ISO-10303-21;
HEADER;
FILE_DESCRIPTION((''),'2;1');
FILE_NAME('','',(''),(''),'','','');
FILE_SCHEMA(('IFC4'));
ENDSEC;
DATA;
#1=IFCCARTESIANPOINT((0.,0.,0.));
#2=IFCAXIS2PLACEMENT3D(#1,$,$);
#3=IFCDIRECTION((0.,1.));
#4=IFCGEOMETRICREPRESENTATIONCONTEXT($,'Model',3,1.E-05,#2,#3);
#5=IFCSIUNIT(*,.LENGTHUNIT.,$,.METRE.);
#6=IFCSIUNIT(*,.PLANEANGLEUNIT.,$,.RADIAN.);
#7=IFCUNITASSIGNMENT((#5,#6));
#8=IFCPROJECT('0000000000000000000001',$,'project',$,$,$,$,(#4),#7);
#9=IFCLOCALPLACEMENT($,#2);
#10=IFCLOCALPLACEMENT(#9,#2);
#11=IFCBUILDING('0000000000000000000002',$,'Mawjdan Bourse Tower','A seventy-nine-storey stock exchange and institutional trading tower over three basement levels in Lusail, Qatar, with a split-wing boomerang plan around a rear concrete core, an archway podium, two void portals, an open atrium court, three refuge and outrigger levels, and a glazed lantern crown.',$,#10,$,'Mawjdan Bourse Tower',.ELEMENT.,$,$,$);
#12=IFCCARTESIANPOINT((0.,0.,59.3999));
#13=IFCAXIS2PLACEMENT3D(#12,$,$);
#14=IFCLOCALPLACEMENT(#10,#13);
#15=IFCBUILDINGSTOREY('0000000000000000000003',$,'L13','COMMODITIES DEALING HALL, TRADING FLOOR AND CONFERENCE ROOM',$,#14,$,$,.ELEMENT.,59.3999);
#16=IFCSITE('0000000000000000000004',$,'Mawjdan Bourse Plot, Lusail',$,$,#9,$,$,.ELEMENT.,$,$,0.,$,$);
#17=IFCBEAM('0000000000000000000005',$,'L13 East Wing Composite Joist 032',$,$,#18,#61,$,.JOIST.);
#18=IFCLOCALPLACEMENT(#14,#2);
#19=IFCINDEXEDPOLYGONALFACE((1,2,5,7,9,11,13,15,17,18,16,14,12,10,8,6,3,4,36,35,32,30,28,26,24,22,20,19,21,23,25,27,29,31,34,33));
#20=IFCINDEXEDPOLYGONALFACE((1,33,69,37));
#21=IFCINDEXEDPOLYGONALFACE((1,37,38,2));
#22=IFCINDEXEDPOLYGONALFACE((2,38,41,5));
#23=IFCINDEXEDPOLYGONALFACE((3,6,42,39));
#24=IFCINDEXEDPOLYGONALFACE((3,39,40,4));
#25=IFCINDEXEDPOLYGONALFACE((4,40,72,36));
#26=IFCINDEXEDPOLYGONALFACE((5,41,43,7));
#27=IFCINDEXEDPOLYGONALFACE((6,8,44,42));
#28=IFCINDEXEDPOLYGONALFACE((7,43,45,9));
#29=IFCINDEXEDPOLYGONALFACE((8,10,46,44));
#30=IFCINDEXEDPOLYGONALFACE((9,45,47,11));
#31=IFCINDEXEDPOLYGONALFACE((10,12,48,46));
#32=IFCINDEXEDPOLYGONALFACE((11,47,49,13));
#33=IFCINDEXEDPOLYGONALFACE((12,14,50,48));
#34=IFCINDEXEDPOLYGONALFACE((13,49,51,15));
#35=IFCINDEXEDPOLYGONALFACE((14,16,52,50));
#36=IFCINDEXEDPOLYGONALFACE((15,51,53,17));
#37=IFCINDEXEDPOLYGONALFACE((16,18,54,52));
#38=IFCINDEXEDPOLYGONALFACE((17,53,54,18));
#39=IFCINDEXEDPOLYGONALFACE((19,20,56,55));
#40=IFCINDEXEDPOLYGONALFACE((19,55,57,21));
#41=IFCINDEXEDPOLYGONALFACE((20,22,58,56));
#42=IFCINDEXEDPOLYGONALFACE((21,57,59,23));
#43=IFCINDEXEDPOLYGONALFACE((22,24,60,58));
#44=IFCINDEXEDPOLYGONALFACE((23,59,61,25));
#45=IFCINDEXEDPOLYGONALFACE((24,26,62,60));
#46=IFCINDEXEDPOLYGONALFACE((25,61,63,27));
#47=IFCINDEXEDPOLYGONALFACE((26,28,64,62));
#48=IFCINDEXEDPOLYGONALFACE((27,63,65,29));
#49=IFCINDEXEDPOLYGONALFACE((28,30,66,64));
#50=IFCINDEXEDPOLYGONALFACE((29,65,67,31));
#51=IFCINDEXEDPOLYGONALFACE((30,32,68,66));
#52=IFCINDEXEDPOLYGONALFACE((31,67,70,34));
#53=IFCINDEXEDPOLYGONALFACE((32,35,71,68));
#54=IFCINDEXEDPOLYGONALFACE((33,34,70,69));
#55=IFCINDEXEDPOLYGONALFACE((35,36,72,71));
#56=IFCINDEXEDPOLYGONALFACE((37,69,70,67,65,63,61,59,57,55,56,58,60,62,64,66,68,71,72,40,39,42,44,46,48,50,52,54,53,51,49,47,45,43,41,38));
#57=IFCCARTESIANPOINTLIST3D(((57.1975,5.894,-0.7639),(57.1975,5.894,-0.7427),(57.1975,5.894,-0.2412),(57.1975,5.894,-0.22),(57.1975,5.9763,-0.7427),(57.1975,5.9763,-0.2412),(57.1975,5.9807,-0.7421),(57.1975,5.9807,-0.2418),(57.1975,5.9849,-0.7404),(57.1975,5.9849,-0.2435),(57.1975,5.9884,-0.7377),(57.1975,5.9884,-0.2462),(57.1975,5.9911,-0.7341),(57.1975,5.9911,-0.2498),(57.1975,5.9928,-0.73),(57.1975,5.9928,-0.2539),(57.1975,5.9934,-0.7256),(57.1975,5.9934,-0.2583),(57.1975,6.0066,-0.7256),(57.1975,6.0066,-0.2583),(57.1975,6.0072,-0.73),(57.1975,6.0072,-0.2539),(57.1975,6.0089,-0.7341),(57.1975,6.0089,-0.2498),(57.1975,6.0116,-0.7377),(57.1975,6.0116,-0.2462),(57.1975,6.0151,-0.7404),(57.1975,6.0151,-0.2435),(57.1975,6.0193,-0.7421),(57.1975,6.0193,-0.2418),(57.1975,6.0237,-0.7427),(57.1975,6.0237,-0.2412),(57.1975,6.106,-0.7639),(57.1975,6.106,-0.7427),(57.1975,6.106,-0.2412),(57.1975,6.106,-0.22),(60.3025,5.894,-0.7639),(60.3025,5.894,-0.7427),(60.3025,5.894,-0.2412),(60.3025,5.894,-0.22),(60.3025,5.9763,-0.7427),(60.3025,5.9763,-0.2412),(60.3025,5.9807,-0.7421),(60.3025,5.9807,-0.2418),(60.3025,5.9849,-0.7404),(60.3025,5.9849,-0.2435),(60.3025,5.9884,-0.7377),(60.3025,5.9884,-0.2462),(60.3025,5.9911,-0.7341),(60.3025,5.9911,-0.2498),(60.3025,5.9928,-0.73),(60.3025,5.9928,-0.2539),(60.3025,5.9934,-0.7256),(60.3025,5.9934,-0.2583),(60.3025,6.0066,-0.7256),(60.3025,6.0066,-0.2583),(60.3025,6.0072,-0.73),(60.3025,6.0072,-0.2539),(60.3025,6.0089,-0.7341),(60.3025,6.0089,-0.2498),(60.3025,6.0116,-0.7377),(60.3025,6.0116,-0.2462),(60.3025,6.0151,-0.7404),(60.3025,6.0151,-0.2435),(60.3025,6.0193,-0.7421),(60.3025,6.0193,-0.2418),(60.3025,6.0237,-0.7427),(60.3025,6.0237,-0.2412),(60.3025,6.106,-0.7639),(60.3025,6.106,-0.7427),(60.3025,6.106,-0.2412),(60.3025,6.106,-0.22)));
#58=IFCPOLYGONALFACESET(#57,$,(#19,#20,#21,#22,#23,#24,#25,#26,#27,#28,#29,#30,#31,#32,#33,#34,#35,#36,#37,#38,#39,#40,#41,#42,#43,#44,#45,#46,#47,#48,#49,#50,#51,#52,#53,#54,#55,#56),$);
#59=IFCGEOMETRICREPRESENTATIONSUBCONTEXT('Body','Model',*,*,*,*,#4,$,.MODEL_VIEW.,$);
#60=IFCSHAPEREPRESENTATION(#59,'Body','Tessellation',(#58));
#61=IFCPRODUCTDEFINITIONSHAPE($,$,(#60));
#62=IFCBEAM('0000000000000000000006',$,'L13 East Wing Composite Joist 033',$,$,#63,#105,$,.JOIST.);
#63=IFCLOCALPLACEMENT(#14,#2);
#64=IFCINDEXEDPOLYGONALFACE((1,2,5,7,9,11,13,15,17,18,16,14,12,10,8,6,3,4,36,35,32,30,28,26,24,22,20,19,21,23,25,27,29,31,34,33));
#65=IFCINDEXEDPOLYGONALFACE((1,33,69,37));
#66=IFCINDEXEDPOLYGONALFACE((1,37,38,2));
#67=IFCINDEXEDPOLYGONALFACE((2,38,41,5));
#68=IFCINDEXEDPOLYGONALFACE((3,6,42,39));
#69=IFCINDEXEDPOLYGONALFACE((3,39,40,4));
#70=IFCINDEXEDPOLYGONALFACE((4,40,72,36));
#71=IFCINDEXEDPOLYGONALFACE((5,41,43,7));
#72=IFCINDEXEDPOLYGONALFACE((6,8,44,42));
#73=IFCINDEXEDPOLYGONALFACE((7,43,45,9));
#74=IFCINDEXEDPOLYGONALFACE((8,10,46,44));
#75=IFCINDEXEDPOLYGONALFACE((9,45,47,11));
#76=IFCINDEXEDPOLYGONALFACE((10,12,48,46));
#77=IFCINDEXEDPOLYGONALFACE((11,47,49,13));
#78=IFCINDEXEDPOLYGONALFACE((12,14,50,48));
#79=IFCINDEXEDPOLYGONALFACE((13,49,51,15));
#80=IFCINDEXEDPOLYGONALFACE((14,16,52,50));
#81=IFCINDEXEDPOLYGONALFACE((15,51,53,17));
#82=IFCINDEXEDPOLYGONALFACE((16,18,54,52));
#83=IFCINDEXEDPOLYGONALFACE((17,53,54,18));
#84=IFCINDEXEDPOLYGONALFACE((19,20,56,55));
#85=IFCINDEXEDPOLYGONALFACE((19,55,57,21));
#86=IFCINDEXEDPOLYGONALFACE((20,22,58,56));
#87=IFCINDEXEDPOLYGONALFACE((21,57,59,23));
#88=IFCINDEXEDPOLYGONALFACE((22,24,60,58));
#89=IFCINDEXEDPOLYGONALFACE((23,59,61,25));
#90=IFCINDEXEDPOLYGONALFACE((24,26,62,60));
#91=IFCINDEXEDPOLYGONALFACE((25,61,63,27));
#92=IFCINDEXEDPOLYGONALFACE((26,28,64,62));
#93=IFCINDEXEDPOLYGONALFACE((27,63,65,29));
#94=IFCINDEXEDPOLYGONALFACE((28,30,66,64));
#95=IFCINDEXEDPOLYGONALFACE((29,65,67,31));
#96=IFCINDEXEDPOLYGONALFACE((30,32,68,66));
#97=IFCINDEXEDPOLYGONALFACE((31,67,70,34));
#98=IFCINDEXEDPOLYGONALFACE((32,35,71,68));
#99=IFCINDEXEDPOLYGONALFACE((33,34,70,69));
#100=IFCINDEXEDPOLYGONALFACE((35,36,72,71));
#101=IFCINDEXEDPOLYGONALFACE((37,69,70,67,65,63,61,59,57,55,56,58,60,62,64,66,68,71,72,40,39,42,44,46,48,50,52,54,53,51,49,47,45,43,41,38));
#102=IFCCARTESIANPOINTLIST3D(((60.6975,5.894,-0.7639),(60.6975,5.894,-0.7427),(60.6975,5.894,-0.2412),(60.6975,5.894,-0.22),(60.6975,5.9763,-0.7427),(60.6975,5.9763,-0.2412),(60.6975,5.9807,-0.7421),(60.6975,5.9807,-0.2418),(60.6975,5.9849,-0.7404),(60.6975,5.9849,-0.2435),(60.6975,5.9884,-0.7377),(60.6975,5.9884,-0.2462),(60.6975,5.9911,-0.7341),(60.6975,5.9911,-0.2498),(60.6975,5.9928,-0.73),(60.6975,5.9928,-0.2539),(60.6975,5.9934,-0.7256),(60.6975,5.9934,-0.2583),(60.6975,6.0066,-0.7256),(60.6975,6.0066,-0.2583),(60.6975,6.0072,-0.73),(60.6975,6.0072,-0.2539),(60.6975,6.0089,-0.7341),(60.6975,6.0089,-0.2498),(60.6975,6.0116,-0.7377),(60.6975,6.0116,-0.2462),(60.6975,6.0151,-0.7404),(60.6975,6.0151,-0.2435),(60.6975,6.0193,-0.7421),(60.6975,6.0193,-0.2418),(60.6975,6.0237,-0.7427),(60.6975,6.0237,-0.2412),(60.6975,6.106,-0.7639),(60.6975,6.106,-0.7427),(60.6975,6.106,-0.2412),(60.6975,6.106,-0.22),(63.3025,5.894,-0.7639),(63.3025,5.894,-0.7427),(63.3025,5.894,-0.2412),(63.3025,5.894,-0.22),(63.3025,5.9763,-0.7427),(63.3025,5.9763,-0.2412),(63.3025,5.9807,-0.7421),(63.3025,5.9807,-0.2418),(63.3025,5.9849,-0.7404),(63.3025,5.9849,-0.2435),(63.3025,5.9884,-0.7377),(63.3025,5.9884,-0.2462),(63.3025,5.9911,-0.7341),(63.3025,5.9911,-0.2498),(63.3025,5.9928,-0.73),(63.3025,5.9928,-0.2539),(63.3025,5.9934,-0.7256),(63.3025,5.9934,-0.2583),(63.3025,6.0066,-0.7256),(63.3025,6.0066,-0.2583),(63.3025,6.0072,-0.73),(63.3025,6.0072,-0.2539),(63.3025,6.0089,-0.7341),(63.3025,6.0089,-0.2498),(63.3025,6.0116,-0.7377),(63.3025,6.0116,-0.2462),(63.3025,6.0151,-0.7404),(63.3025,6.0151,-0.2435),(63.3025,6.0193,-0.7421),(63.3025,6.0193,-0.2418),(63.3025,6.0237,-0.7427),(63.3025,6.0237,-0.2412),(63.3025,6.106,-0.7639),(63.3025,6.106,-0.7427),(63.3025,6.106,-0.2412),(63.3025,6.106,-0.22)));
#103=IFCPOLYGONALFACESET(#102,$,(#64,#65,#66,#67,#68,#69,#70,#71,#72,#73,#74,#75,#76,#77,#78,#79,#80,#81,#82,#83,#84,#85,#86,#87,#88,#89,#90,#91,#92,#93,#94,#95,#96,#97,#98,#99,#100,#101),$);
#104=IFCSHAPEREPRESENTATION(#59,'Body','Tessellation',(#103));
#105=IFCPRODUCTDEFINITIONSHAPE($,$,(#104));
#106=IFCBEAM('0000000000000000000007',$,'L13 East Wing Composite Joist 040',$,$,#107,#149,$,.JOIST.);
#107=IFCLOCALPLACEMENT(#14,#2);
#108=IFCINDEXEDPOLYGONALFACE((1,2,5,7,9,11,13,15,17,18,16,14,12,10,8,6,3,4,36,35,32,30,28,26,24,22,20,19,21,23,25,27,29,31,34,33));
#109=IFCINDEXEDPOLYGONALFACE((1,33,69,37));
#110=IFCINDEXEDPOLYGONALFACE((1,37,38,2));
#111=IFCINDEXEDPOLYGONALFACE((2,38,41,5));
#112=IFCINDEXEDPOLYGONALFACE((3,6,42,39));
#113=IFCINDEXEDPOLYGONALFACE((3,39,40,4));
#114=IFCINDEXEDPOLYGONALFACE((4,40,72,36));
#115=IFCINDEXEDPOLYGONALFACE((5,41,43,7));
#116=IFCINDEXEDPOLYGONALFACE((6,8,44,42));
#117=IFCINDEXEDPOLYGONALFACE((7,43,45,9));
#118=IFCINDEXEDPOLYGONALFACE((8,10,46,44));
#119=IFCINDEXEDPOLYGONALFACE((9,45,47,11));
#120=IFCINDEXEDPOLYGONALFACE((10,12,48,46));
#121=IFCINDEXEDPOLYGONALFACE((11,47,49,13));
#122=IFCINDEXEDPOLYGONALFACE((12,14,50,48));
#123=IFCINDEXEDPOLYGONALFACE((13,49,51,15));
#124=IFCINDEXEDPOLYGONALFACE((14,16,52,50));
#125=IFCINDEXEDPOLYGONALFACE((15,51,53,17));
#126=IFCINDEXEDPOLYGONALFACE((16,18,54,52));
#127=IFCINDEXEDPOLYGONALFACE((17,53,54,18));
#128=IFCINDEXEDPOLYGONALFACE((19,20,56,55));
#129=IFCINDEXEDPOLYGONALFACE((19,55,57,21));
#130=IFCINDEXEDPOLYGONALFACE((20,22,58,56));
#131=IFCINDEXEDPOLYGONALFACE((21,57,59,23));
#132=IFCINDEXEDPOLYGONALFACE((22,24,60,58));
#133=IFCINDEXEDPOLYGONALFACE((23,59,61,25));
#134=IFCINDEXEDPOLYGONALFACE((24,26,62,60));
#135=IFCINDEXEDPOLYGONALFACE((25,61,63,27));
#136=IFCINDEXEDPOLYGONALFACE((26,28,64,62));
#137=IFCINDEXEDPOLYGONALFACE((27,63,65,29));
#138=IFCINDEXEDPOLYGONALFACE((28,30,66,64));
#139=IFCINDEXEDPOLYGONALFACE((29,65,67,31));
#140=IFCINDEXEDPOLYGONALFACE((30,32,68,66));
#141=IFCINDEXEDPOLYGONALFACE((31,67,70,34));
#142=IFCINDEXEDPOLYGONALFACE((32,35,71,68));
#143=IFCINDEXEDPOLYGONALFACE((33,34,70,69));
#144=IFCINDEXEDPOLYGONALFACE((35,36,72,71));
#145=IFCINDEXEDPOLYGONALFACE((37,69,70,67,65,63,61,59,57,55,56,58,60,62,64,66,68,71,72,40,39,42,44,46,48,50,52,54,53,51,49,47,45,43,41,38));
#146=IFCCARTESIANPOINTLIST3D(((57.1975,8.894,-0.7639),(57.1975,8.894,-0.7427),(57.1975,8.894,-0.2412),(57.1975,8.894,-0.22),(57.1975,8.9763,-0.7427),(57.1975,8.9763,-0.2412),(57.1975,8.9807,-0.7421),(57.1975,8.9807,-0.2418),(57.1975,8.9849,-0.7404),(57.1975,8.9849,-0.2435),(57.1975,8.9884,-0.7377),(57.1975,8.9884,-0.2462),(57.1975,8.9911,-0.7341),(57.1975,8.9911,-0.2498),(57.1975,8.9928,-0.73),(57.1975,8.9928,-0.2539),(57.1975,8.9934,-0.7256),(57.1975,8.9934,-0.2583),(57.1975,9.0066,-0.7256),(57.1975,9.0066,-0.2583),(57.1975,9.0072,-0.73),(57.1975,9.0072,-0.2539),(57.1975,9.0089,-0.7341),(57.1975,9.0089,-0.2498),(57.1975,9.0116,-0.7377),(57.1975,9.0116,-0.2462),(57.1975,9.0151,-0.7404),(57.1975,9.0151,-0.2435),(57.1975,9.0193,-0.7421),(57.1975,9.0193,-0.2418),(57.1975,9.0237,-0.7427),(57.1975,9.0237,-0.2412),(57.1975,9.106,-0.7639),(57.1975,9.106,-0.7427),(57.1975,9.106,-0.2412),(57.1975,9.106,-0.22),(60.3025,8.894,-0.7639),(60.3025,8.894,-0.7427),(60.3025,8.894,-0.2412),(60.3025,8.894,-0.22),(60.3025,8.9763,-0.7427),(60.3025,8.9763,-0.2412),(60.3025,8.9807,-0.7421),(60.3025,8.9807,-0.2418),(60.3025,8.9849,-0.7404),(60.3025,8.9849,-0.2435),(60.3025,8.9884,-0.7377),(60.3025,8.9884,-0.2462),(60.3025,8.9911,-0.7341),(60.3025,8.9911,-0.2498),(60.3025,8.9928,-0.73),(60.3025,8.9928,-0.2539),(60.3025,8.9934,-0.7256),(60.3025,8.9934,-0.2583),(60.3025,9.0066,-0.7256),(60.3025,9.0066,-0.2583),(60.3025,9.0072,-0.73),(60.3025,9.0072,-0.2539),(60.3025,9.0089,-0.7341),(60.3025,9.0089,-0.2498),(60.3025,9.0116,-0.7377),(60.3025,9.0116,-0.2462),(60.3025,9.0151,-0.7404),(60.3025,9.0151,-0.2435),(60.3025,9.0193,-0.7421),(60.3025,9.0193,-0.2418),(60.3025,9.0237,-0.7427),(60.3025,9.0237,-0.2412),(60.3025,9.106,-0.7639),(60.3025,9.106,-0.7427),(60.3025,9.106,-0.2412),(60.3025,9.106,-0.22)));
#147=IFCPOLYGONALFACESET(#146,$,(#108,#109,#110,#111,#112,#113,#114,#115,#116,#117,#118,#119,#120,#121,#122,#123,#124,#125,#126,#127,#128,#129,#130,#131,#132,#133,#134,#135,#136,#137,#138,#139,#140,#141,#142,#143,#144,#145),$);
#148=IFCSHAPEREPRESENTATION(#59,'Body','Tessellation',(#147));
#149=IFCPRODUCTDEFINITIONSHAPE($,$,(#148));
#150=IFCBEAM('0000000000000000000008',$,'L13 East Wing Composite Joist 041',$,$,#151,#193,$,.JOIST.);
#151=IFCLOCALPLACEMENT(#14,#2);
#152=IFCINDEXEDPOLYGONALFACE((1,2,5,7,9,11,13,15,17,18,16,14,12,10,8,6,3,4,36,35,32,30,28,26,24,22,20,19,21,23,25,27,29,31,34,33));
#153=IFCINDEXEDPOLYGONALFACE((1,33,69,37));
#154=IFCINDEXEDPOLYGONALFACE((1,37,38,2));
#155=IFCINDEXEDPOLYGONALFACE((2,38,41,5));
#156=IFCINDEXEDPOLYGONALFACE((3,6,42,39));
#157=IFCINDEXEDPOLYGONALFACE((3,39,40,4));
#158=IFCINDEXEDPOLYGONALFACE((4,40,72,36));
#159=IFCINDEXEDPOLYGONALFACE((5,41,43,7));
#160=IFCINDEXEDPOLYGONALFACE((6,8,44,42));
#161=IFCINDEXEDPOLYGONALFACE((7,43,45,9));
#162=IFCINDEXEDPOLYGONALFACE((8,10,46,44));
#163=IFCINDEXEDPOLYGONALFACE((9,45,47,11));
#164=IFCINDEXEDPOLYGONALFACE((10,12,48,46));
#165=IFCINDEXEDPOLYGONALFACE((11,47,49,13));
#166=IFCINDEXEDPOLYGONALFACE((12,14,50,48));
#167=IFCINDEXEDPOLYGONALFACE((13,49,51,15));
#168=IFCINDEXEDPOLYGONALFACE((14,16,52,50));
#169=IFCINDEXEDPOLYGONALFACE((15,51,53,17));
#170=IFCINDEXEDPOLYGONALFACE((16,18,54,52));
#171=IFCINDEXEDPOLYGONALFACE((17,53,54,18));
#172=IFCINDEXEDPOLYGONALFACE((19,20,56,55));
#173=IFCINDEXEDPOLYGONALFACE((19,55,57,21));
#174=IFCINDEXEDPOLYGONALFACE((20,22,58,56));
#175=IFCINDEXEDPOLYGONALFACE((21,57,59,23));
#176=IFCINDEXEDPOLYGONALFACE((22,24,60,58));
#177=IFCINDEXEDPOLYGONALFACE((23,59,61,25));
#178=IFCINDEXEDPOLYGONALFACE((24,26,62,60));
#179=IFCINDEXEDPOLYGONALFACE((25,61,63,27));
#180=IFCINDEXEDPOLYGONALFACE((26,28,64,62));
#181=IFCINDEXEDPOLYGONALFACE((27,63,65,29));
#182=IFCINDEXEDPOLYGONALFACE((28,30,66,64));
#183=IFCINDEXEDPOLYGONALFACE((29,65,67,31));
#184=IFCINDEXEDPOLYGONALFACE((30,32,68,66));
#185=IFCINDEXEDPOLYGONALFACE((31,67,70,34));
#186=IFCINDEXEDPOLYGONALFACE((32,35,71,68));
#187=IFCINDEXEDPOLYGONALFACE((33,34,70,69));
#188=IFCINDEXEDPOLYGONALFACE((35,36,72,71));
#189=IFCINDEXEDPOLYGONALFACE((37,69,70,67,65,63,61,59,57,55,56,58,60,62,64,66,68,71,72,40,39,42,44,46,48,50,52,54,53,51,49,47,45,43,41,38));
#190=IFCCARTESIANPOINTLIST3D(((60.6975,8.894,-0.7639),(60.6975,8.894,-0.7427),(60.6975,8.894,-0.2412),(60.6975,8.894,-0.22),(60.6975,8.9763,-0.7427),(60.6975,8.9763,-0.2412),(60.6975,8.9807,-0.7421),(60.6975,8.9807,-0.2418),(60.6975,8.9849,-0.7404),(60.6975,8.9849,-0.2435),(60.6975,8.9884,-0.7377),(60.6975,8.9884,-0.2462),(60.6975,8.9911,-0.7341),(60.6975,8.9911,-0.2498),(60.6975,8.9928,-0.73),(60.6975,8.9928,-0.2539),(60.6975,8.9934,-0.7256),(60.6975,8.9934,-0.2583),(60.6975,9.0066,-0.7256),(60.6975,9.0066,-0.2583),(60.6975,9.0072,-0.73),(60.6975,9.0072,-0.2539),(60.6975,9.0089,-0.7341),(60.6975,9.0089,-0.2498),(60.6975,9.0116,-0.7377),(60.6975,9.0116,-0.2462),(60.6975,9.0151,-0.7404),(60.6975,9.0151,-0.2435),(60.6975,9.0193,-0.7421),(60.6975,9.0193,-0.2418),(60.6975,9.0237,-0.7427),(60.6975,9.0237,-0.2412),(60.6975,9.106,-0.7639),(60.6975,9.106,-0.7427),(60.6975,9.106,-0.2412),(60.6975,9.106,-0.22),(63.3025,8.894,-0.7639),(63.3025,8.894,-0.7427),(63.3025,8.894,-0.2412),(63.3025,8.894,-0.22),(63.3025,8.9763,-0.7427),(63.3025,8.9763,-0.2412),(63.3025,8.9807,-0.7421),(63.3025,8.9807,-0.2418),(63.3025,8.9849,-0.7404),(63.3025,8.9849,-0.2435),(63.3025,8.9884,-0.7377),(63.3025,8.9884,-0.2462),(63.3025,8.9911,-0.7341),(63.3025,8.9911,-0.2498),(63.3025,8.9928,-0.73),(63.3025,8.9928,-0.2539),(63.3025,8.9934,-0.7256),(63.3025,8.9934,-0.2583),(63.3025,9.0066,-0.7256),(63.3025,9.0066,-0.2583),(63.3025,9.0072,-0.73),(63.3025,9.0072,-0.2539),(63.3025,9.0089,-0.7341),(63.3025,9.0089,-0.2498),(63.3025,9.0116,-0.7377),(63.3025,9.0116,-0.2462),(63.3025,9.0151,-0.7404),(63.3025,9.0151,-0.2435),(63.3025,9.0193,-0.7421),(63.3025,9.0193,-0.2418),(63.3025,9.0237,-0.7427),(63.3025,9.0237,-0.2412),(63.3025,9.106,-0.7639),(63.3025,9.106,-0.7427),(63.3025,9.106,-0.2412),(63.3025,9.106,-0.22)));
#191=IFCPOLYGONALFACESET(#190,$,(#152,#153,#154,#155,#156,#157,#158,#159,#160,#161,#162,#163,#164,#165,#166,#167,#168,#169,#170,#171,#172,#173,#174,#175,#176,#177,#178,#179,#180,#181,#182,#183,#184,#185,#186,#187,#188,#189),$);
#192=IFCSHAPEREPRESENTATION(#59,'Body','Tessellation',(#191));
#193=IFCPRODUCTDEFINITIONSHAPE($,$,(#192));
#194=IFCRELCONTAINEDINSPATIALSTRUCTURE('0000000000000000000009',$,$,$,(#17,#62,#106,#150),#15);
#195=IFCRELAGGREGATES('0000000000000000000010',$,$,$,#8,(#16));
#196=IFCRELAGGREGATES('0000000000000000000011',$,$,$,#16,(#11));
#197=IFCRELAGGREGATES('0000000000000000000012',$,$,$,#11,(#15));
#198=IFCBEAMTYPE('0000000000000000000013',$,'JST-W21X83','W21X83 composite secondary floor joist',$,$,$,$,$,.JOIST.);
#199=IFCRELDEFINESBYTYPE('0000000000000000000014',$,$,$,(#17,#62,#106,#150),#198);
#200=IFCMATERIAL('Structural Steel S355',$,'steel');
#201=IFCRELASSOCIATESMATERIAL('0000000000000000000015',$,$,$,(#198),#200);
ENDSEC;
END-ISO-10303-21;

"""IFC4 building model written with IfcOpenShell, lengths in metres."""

from ifc_helpers import new_model, si_unit, direction, frame, origin, origin_2d, place, context, subcontext, project, spatial, i_section, extrude, material, material_profile, profile_set, type_object, element, save


model = new_model("IFC4")

# Units and contexts
model_context = context("Model", 3, precision=1e-05, world=origin(), true_north=direction((0.0, 1.0)))
body_context = subcontext(model_context, "Body", "Model", "MODEL_VIEW")
ifc_project = project(units=[si_unit("LENGTHUNIT", "METRE"), si_unit("PLANEANGLEUNIT", "RADIAN")], contexts=[model_context])

# Site, building, storey
site_placement = place(None, origin())
site = spatial("IfcSite", under=ifc_project, at=site_placement, Name="Mawjdan Bourse Plot, Lusail", CompositionType="ELEMENT", RefElevation=0.0)
building_placement = place(site_placement, origin())
building = spatial("IfcBuilding", under=site, at=building_placement, Name="Mawjdan Bourse Tower", Description="A seventy-nine-storey stock exchange and institutional trading tower over three basement levels in Lusail, Qatar, with a split-wing boomerang plan around a rear concrete core, an archway podium, two void portals, an open atrium court, three refuge and outrigger levels, and a glazed lantern crown.", LongName="Mawjdan Bourse Tower", CompositionType="ELEMENT")
storey_placement = place(building_placement, frame((0.0, 0.0, 59.3999)))
storey = spatial("IfcBuildingStorey", under=building, at=storey_placement, Name="L13", Description="COMMODITIES DEALING HALL, TRADING FLOOR AND CONFERENCE ROOM", CompositionType="ELEMENT", Elevation=59.3999)

# Beams
ifc_material_1 = material(Name="Structural Steel S355", Category="steel")
ifc_material_profile_1 = material_profile(ifc_material_1, i_section(OverallWidth=0.2119, OverallDepth=0.5439, WebThickness=0.0132, FlangeThickness=0.0212, FilletRadius=0.0171, at=origin_2d()), Name="W21X83")
ifc_profile_set_1 = profile_set([ifc_material_profile_1], Name="Structural Steel S355")
beam_type_1 = type_object("IfcBeamType", Name="JST-W21X83", Description="W21X83 composite secondary floor joist", PredefinedType="JOIST", material=ifc_profile_set_1)
beam_1_placement = place(storey_placement, frame((57.1975, 6.0, -0.4919), z_axis=(1.0, 0.0, 0.0), x_axis=(0.0, 1.0, 0.0)))
element("IfcBeam", 1, at=beam_1_placement, inside=storey, type_object=beam_type_1, Name="L13 East Wing Composite Joist 032", PredefinedType="JOIST", context=body_context, shape_type="SweptSolid", body=[
    extrude(i_section(OverallWidth=0.2119, OverallDepth=0.5439, WebThickness=0.0132, FlangeThickness=0.0212, FilletRadius=0.0171, at=origin_2d()), origin(), (0.0, 0.0, 1.0), 3.105),
])
beam_2_placement = place(storey_placement, frame((60.6975, 6.0, -0.4919), z_axis=(1.0, 0.0, 0.0), x_axis=(0.0, 1.0, 0.0)))
element("IfcBeam", 2, at=beam_2_placement, inside=storey, type_object=beam_type_1, Name="L13 East Wing Composite Joist 033", PredefinedType="JOIST", context=body_context, shape_type="SweptSolid", body=[
    extrude(i_section(OverallWidth=0.2119, OverallDepth=0.5439, WebThickness=0.0132, FlangeThickness=0.0212, FilletRadius=0.0171, at=origin_2d()), origin(), (0.0, 0.0, 1.0), 2.605),
])
beam_3_placement = place(storey_placement, frame((57.1975, 9.0, -0.4919), z_axis=(1.0, 0.0, 0.0), x_axis=(0.0, 1.0, 0.0)))
element("IfcBeam", 3, at=beam_3_placement, inside=storey, type_object=beam_type_1, Name="L13 East Wing Composite Joist 040", PredefinedType="JOIST", context=body_context, shape_type="SweptSolid", body=[
    extrude(i_section(OverallWidth=0.2119, OverallDepth=0.5439, WebThickness=0.0132, FlangeThickness=0.0212, FilletRadius=0.0171, at=origin_2d()), origin(), (0.0, 0.0, 1.0), 3.105),
])
beam_4_placement = place(storey_placement, frame((60.6975, 9.0, -0.4919), z_axis=(1.0, 0.0, 0.0), x_axis=(0.0, 1.0, 0.0)))
element("IfcBeam", 4, at=beam_4_placement, inside=storey, type_object=beam_type_1, Name="L13 East Wing Composite Joist 041", PredefinedType="JOIST", context=body_context, shape_type="SweptSolid", body=[
    extrude(i_section(OverallWidth=0.2119, OverallDepth=0.5439, WebThickness=0.0132, FlangeThickness=0.0212, FilletRadius=0.0171, at=origin_2d()), origin(), (0.0, 0.0, 1.0), 2.605),
])

save(model, "model.ifc")
